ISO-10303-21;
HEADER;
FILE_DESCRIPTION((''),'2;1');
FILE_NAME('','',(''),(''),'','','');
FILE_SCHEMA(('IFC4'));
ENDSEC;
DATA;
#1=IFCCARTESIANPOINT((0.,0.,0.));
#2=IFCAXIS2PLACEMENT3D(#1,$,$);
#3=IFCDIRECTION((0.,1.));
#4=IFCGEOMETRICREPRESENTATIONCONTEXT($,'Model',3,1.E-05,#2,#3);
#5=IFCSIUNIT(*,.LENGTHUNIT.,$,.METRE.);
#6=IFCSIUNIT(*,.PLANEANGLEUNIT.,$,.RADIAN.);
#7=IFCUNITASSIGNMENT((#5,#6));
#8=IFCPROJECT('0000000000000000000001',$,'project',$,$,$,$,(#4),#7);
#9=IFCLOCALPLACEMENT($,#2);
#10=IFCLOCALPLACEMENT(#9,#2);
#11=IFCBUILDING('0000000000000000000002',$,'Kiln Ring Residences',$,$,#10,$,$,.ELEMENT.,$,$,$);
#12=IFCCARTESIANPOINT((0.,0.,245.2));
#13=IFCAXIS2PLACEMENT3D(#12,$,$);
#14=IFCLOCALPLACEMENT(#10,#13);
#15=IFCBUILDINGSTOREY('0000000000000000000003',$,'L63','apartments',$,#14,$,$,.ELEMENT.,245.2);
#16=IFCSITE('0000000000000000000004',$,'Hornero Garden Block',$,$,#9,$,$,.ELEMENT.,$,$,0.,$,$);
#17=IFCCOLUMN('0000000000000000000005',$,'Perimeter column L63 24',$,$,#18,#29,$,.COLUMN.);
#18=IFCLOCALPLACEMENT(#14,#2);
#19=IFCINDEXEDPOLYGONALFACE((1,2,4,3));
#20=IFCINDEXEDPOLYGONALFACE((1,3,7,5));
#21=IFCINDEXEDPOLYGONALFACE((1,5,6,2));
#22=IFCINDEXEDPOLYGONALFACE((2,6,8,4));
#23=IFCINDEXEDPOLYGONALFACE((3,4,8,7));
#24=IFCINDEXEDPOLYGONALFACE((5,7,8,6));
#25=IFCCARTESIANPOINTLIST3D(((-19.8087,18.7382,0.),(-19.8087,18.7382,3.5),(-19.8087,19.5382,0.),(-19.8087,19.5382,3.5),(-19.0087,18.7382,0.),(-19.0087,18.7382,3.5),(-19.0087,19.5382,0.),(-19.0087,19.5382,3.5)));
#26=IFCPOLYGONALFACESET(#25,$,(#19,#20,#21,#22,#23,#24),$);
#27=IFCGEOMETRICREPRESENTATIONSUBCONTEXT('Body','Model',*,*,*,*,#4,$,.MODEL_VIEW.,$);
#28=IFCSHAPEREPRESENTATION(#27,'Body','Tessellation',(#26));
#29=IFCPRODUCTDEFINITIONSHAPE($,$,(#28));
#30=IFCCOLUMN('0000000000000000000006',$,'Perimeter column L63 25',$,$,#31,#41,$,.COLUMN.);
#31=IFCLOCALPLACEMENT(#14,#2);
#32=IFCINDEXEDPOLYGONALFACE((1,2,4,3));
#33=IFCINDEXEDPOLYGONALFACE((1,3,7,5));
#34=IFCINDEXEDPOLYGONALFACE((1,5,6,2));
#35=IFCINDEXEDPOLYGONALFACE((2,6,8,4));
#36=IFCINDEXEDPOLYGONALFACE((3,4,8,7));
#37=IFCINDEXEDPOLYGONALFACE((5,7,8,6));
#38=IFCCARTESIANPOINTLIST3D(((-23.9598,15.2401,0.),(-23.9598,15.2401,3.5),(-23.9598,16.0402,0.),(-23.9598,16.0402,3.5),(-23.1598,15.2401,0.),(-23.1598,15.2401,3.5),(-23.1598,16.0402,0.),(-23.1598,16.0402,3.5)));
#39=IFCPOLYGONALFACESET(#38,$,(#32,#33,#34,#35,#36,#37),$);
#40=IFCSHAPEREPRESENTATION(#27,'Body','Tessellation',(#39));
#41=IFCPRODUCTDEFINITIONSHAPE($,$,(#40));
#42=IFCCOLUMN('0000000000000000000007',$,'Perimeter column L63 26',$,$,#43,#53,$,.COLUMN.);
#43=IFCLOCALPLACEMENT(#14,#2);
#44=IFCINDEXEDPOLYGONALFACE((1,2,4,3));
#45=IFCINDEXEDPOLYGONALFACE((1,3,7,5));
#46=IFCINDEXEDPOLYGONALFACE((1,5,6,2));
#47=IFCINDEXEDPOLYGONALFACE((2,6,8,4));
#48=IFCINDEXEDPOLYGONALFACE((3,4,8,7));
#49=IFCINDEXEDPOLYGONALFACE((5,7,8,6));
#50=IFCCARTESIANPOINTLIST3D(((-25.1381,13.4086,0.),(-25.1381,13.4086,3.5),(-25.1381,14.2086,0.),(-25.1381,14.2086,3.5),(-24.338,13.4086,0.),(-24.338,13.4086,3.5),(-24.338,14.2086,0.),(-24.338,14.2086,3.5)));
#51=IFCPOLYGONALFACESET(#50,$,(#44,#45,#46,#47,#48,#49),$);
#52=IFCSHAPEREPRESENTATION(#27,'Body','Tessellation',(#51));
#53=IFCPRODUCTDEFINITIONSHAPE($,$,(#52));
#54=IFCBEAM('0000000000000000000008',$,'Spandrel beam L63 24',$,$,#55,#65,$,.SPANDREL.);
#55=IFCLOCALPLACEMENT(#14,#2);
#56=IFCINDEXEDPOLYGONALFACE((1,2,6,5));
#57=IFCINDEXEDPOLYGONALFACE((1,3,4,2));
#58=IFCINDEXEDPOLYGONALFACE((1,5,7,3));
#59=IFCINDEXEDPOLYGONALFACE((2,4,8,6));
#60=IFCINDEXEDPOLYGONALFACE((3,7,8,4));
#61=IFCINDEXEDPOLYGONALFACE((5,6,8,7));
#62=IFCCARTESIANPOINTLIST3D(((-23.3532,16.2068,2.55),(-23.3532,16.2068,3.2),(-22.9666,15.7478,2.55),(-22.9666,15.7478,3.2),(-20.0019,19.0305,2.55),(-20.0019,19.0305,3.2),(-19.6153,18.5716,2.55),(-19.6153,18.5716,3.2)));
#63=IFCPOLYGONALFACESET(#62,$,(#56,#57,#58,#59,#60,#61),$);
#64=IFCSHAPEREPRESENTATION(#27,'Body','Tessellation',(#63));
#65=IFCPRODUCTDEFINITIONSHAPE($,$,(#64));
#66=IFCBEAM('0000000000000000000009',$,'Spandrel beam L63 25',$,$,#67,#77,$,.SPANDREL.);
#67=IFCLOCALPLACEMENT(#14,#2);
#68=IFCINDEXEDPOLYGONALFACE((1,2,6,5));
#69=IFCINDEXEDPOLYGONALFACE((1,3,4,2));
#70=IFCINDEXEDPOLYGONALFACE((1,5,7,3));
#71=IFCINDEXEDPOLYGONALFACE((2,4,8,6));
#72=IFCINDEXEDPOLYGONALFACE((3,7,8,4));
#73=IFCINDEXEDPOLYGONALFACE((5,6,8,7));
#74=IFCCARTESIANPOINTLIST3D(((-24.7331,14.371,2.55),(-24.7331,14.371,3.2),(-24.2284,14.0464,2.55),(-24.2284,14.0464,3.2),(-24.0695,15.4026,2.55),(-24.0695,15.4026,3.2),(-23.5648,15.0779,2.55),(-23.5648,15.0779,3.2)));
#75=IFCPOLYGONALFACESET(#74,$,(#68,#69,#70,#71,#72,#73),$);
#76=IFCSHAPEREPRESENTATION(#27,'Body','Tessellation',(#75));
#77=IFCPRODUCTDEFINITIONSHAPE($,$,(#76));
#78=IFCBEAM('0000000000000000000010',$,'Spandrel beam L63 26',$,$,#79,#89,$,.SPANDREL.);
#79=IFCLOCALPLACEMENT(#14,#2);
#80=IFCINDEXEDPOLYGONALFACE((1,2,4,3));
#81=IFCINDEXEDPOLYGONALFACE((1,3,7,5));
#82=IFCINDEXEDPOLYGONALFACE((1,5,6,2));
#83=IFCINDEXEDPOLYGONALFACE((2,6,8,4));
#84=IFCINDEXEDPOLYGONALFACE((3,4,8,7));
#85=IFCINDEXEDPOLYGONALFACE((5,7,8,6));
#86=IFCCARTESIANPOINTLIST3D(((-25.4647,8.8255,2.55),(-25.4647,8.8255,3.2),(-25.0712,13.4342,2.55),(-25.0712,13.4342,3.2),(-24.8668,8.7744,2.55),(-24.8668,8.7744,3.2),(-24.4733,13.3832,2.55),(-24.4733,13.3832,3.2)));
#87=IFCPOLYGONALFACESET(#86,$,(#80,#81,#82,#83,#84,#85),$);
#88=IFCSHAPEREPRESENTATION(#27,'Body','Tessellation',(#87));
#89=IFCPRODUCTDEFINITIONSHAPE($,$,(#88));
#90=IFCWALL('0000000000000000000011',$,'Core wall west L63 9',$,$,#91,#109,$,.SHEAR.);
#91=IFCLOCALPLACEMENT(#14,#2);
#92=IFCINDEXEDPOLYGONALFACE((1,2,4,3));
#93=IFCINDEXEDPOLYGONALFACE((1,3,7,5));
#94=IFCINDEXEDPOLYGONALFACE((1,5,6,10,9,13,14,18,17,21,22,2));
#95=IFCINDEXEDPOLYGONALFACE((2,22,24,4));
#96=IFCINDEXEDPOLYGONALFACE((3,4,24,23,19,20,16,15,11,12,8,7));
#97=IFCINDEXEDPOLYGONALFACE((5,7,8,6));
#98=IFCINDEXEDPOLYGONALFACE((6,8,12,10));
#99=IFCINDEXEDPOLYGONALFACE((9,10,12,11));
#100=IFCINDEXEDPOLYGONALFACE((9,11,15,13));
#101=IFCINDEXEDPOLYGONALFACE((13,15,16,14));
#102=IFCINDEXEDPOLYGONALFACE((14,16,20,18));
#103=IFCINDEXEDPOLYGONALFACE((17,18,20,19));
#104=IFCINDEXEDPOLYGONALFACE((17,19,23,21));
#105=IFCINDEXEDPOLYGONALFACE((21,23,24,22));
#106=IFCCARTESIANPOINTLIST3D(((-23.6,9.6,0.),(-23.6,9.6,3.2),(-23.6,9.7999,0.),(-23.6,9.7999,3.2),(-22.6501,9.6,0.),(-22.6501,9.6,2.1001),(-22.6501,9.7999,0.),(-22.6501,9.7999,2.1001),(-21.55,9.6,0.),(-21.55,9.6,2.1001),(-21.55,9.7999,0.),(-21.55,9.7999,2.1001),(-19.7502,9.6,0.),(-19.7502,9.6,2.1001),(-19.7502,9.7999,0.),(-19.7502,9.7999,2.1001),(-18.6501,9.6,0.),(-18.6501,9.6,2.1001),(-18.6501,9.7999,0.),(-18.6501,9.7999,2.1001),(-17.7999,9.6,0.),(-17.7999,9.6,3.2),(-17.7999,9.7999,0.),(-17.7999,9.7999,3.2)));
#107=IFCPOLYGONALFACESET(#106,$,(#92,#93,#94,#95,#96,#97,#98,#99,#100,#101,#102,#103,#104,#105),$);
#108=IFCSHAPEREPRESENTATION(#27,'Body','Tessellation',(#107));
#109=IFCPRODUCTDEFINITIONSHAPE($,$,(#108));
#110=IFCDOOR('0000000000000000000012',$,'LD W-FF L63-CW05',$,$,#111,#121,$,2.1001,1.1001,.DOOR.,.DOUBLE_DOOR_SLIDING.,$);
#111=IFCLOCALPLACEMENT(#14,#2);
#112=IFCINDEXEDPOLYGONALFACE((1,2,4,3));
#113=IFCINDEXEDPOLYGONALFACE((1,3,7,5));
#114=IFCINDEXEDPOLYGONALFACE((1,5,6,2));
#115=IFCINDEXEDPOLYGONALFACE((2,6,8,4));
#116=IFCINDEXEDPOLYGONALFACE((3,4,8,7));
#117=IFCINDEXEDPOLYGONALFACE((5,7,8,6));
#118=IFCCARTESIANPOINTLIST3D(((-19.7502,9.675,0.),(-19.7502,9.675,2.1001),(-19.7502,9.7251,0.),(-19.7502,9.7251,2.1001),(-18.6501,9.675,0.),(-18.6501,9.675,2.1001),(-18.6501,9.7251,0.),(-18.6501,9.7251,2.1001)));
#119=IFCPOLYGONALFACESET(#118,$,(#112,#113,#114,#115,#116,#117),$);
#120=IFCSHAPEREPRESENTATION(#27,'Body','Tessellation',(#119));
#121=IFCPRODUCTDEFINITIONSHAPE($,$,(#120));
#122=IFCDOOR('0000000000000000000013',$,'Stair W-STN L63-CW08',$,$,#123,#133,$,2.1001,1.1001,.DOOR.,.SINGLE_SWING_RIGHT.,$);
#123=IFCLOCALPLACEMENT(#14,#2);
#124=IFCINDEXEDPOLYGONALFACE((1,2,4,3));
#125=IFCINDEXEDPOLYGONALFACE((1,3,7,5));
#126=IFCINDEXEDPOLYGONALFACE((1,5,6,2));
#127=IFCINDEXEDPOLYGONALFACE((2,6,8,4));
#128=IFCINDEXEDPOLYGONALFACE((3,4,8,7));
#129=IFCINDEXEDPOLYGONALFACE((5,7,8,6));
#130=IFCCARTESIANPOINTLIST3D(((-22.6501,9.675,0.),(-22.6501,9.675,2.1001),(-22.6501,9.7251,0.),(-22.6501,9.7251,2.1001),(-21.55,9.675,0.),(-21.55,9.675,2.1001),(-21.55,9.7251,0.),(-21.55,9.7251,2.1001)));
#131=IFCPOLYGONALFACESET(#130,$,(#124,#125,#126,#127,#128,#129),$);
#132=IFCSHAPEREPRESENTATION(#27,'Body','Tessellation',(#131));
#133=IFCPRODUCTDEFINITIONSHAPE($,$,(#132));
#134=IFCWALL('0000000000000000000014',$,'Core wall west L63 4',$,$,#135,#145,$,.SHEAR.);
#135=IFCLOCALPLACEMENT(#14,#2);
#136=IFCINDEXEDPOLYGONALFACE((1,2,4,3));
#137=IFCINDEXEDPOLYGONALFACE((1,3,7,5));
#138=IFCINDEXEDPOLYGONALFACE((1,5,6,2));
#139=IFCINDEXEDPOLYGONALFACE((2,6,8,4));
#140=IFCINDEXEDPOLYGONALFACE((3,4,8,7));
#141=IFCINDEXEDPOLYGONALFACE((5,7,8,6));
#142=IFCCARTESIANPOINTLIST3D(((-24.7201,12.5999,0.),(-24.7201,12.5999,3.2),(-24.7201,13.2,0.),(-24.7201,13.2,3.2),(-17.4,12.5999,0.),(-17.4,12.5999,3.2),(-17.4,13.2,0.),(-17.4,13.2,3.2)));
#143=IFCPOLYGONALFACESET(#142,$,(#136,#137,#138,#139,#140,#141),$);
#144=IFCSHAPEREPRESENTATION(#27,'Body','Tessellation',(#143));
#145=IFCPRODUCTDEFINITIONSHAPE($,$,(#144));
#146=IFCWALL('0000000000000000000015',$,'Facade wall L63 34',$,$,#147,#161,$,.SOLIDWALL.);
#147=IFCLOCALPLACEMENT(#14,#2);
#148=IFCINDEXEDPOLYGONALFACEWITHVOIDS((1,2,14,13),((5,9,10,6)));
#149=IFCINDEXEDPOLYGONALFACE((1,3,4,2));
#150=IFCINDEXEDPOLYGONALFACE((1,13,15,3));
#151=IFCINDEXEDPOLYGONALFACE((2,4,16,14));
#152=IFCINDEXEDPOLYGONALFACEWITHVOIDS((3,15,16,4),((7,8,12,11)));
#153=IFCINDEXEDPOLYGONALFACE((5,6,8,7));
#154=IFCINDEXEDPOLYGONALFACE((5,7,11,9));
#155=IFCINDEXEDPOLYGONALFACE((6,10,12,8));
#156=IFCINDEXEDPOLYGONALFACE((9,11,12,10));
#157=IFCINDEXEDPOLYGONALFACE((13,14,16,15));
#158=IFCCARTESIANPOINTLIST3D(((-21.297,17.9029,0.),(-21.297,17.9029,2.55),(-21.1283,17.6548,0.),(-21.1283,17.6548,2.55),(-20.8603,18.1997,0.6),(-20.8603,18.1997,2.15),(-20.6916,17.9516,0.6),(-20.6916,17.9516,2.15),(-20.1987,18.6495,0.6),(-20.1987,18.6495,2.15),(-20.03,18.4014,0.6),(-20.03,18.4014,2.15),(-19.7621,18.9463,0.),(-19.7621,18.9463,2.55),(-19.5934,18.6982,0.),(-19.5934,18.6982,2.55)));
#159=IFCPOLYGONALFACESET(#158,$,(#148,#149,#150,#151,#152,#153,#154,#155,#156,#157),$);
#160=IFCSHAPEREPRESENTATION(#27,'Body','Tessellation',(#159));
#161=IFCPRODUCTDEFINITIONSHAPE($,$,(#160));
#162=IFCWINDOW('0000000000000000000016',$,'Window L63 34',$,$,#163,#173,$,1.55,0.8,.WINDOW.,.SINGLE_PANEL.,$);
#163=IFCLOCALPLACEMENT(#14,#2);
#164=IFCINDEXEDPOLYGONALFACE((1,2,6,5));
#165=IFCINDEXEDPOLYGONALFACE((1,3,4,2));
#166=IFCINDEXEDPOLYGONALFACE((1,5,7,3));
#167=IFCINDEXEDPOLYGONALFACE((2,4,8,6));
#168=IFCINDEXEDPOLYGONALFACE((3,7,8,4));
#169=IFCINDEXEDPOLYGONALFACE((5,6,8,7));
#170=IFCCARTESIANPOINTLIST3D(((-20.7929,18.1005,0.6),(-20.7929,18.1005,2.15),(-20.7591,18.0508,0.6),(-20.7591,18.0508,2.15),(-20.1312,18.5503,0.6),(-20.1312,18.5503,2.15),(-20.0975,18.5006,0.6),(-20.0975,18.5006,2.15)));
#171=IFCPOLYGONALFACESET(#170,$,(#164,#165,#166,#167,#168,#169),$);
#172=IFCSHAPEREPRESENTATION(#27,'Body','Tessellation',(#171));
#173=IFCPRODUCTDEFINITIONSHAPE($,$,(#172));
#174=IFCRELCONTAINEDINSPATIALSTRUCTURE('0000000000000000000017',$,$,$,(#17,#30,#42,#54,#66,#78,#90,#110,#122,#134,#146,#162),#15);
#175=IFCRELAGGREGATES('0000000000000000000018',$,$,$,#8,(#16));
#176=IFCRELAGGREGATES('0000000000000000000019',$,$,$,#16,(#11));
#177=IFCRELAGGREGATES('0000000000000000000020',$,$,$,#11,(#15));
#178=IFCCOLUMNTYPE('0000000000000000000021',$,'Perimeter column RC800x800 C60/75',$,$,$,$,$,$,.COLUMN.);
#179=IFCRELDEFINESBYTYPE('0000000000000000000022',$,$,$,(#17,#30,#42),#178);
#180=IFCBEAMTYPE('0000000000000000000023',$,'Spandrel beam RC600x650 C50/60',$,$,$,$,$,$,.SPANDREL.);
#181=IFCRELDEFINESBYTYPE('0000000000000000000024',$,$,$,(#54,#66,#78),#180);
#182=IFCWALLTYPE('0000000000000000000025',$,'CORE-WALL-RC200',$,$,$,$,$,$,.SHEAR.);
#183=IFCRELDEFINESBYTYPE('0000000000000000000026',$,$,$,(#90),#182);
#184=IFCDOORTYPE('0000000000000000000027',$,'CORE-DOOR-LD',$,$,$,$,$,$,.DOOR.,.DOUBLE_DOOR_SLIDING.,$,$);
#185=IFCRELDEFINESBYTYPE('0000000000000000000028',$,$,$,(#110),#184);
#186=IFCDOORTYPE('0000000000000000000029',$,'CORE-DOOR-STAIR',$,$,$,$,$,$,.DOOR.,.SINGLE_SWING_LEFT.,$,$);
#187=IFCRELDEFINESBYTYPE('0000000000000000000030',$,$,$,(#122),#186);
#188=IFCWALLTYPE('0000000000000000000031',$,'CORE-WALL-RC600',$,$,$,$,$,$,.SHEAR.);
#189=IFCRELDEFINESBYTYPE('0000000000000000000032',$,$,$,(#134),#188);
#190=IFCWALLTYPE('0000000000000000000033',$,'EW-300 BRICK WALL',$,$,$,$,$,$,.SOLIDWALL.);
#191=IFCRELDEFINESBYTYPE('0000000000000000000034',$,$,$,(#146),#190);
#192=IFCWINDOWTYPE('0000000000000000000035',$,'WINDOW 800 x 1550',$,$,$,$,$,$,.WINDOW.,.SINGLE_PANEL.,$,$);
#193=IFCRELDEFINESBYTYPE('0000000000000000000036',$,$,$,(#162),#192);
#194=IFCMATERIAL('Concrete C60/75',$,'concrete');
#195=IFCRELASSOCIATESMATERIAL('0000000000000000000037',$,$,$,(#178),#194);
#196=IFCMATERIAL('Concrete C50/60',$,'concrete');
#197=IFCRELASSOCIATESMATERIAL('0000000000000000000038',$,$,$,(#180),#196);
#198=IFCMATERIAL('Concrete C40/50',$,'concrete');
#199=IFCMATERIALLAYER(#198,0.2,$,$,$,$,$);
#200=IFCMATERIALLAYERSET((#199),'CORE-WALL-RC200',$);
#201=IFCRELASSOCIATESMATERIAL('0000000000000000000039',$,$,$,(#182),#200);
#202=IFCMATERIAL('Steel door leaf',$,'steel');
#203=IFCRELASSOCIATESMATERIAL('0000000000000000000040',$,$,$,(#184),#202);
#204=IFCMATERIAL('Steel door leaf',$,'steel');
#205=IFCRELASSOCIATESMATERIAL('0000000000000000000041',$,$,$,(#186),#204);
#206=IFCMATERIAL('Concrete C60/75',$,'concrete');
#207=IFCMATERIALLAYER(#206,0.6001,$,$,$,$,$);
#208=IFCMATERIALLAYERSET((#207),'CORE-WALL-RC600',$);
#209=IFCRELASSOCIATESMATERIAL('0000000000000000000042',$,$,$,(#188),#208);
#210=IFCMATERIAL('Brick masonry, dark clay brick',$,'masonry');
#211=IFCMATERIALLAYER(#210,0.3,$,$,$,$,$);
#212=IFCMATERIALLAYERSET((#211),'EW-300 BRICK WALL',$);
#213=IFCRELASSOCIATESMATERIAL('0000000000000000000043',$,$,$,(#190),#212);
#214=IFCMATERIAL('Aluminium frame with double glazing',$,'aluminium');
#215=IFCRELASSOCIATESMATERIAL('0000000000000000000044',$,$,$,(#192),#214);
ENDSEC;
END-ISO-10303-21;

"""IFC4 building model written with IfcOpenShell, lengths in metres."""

from ifc_helpers import new_model, si_unit, direction, frame, frame_2d, origin, origin_2d, place, context, subcontext, project, spatial, rectangle, extrude, material, layer, layer_set, material_profile, profile_set, type_object, element, fill, save


model = new_model("IFC4")

# Units and contexts
model_context = context("Model", 3, precision=1e-05, world=origin(), true_north=direction((0.0, 1.0)))
body_context = subcontext(model_context, "Body", "Model", "MODEL_VIEW")
ifc_project = project(units=[si_unit("LENGTHUNIT", "METRE"), si_unit("PLANEANGLEUNIT", "RADIAN")], contexts=[model_context])

# Site, building, storey
site_placement = place(None, origin())
site = spatial("IfcSite", under=ifc_project, at=site_placement, Name="Hornero Garden Block", CompositionType="ELEMENT", RefElevation=0.0)
building_placement = place(site_placement, origin())
building = spatial("IfcBuilding", under=site, at=building_placement, Name="Kiln Ring Residences", CompositionType="ELEMENT")
storey_placement = place(building_placement, frame((0.0, 0.0, 245.2)))
storey = spatial("IfcBuildingStorey", under=building, at=storey_placement, Name="L63", Description="apartments", CompositionType="ELEMENT", Elevation=245.2)

# Columns
ifc_material_1 = material(Name="Concrete C60/75", Category="concrete")
ifc_material_profile_1 = material_profile(ifc_material_1, rectangle(XDim=0.8, YDim=0.8, at=origin_2d()), Name="RC800x800")
ifc_profile_set_1 = profile_set([ifc_material_profile_1], Name="Concrete C60/75")
column_type = type_object("IfcColumnType", Name="Perimeter column RC800x800 C60/75", PredefinedType="COLUMN", material=ifc_profile_set_1)
for number, where, z_axis, x_axis, name in (
    (1, (-19.4087, 19.1382, 0.0), (0.0, 0.0, 1.0), (1.0, 0.0, 0.0), "Perimeter column L63 24"),
    (2, (-23.5598, 15.6401, 0.0), (0.0, 0.0, 1.0), (1.0, 0.0, 0.0), "Perimeter column L63 25"),
    (3, (-24.738, 13.8086, 0.0), (0.0, 0.0, 1.0), (1.0, 0.0, 0.0), "Perimeter column L63 26"),
):
    element("IfcColumn", number, at=place(storey_placement, frame(where, z_axis=z_axis, x_axis=x_axis)), inside=storey, type_object=column_type, Name=name, PredefinedType="COLUMN", context=body_context, shape_type="SweptSolid", body=[
        extrude(rectangle(XDim=0.8, YDim=0.8, at=origin_2d()), origin(), (0.0, 0.0, 1.0), 3.5),
    ])

# Beams
ifc_material_2 = material(Name="Concrete C50/60", Category="concrete")
ifc_material_profile_2 = material_profile(ifc_material_2, rectangle(XDim=0.6001, YDim=0.6499, at=origin_2d()), Name="RC600x650")
ifc_profile_set_2 = profile_set([ifc_material_profile_2], Name="Concrete C50/60")
beam_type = type_object("IfcBeamType", Name="Spandrel beam RC600x650 C50/60", PredefinedType="SPANDREL", material=ifc_profile_set_2)
beam_1_placement = place(storey_placement, frame((-19.8086, 18.801, 2.875), z_axis=(-0.764735, -0.644345, 0.0), x_axis=(0.644345, -0.764735, 0.0)))
element("IfcBeam", 4, at=beam_1_placement, inside=storey, type_object=beam_type, Name="Spandrel beam L63 24", PredefinedType="SPANDREL", context=body_context, shape_type="SweptSolid", body=[
    extrude(rectangle(XDim=0.6001, YDim=0.6499, at=origin_2d()), origin(), (0.0, 0.0, 1.0), 4.3823),
])
beam_2_placement = place(storey_placement, frame((-23.8171, 15.2402, 2.875), z_axis=(-0.541029, -0.841004, 0.0), x_axis=(0.841004, -0.541029, 0.0)))
element("IfcBeam", 5, at=beam_2_placement, inside=storey, type_object=beam_type, Name="Spandrel beam L63 25", PredefinedType="SPANDREL", context=body_context, shape_type="SweptSolid", body=[
    extrude(rectangle(XDim=0.6001, YDim=0.6499, at=origin_2d()), origin(), (0.0, 0.0, 1.0), 1.2266),
])
beam_3_placement = place(storey_placement, frame((-24.7722, 13.4087, 2.875), z_axis=(-0.085085, -0.996374, 0.0), x_axis=(0.996374, -0.085085, 0.0)))
element("IfcBeam", 6, at=beam_3_placement, inside=storey, type_object=beam_type, Name="Spandrel beam L63 26", PredefinedType="SPANDREL", context=body_context, shape_type="SweptSolid", body=[
    extrude(rectangle(XDim=0.6001, YDim=0.6499, at=origin_2d()), origin(), (0.0, 0.0, 1.0), 4.6255),
])

# Wall, openings, doors
ifc_material_3 = material(Name="Concrete C40/50", Category="concrete")
ifc_layer_1 = layer(ifc_material_3, 0.2)
ifc_layer_set_1 = layer_set([ifc_layer_1], Name="CORE-WALL-RC200")
wall_type_1 = type_object("IfcWallType", Name="CORE-WALL-RC200", PredefinedType="SHEAR", material=ifc_layer_set_1)
wall_1_placement = place(storey_placement, frame((-17.8, 9.7, 0.0), z_axis=(0.0, 0.0, 1.0), x_axis=(-1.0, 0.0, 0.0)))
wall_1 = element("IfcWall", 7, at=wall_1_placement, inside=storey, type_object=wall_type_1, Name="Core wall west L63 9", PredefinedType="SHEAR", context=body_context, shape_type="SweptSolid", body=[
    extrude(rectangle(XDim=5.8, YDim=0.2, at=frame_2d((2.8999, 0.0))), origin(), (0.0, 0.0, 1.0), 3.2),
])
opening_1_placement = place(wall_1_placement, frame((0.8501, 0.0, 0.0)))
opening_1 = element("IfcOpeningElement", 8, at=opening_1_placement, cuts=wall_1, PredefinedType="OPENING", context=body_context, shape_type="SweptSolid", body=[
    extrude(rectangle(XDim=1.1001, YDim=2.1001, at=frame_2d((0.55, 1.05))), frame((0.0, 0.1099, 0.0), z_axis=(0.0, -1.0, 0.0), x_axis=(1.0, 0.0, 0.0)), (0.0, 0.0, 1.0), 0.22),
])
opening_2_placement = place(wall_1_placement, frame((3.75, 0.0, 0.0)))
opening_2 = element("IfcOpeningElement", 9, at=opening_2_placement, cuts=wall_1, PredefinedType="OPENING", context=body_context, shape_type="SweptSolid", body=[
    extrude(rectangle(XDim=1.1001, YDim=2.1001, at=frame_2d((0.55, 1.05))), frame((0.0, 0.1099, 0.0), z_axis=(0.0, -1.0, 0.0), x_axis=(1.0, 0.0, 0.0)), (0.0, 0.0, 1.0), 0.22),
])
ifc_material_4 = material(Name="Steel door leaf", Category="steel")
door_type_1 = type_object("IfcDoorType", Name="CORE-DOOR-LD", OperationType="DOUBLE_DOOR_SLIDING", PredefinedType="DOOR", material=ifc_material_4)
door_1_placement = place(opening_1_placement, origin())
door_1 = element("IfcDoor", 10, at=door_1_placement, inside=storey, type_object=door_type_1, Name="LD W-FF L63-CW05", OperationType="DOUBLE_DOOR_SLIDING", OverallHeight=2.1001, OverallWidth=1.1001, PredefinedType="DOOR", context=body_context, shape_type="SweptSolid", body=[
    extrude(rectangle(XDim=1.1001, YDim=2.1001, at=frame_2d((0.55, 1.05))), frame((0.0, 0.0249, 0.0), z_axis=(0.0, -1.0, 0.0), x_axis=(1.0, 0.0, 0.0)), (0.0, 0.0, 1.0), 0.05),
])
fill(opening_1, door_1)
ifc_material_5 = material(Name="Steel door leaf", Category="steel")
door_type_2 = type_object("IfcDoorType", Name="CORE-DOOR-STAIR", OperationType="SINGLE_SWING_LEFT", PredefinedType="DOOR", material=ifc_material_5)
door_2_placement = place(opening_2_placement, origin())
door_2 = element("IfcDoor", 11, at=door_2_placement, inside=storey, type_object=door_type_2, Name="Stair W-STN L63-CW08", OperationType="SINGLE_SWING_RIGHT", OverallHeight=2.1001, OverallWidth=1.1001, PredefinedType="DOOR", context=body_context, shape_type="SweptSolid", body=[
    extrude(rectangle(XDim=1.1001, YDim=2.1001, at=frame_2d((0.55, 1.05))), frame((0.0, 0.0249, 0.0), z_axis=(0.0, -1.0, 0.0), x_axis=(1.0, 0.0, 0.0)), (0.0, 0.0, 1.0), 0.05),
])
fill(opening_2, door_2)

# Wall
ifc_material_6 = material(Name="Concrete C60/75", Category="concrete")
ifc_layer_2 = layer(ifc_material_6, 0.6001)
ifc_layer_set_2 = layer_set([ifc_layer_2], Name="CORE-WALL-RC600")
wall_type_2 = type_object("IfcWallType", Name="CORE-WALL-RC600", PredefinedType="SHEAR", material=ifc_layer_set_2)
wall_2_placement = place(storey_placement, frame((-17.3999, 12.8999, 0.0), z_axis=(0.0, 0.0, 1.0), x_axis=(-1.0, 0.0, 0.0)))
element("IfcWall", 12, at=wall_2_placement, inside=storey, type_object=wall_type_2, Name="Core wall west L63 4", PredefinedType="SHEAR", context=body_context, shape_type="SweptSolid", body=[
    extrude(rectangle(XDim=7.3201, YDim=0.6001, at=frame_2d((3.6602, 0.0))), origin(), (0.0, 0.0, 1.0), 3.2),
])

# Wall, opening, window
ifc_material_7 = material(Name="Brick masonry, dark clay brick", Category="masonry")
ifc_layer_3 = layer(ifc_material_7, 0.3)
ifc_layer_set_3 = layer_set([ifc_layer_3], Name="EW-300 BRICK WALL")
wall_type_3 = type_object("IfcWallType", Name="EW-300 BRICK WALL", PredefinedType="SOLIDWALL", material=ifc_layer_set_3)
wall_3_placement = place(storey_placement, frame((-19.6777, 18.8223, 0.0), z_axis=(0.0, 0.0, 1.0), x_axis=(-0.826997, -0.562206, 0.0)))
wall_3 = element("IfcWall", 13, at=wall_3_placement, inside=storey, type_object=wall_type_3, Name="Facade wall L63 34", PredefinedType="SOLIDWALL", context=body_context, shape_type="SweptSolid", body=[
    extrude(rectangle(XDim=1.856, YDim=0.3, at=frame_2d((0.928, 0.0))), origin(), (0.0, 0.0, 1.0), 2.55),
])
opening_3_placement = place(wall_3_placement, frame((0.5281, 0.0, 0.6001)))
opening_3 = element("IfcOpeningElement", 14, at=opening_3_placement, cuts=wall_3, PredefinedType="OPENING", context=body_context, shape_type="SweptSolid", body=[
    extrude(rectangle(XDim=0.8, YDim=1.55, at=frame_2d((0.3999, 0.7749))), frame((0.0, 0.1599, 0.0), z_axis=(0.0, -1.0, 0.0), x_axis=(1.0, 0.0, 0.0)), (0.0, 0.0, 1.0), 0.3201),
])
ifc_material_8 = material(Name="Aluminium frame with double glazing", Category="aluminium")
window_type_1 = type_object("IfcWindowType", Name="WINDOW 800 x 1550", PartitioningType="SINGLE_PANEL", PredefinedType="WINDOW", material=ifc_material_8)
window_1_placement = place(opening_3_placement, origin())
window_1 = element("IfcWindow", 15, at=window_1_placement, inside=storey, type_object=window_type_1, Name="Window L63 34", OverallHeight=1.55, OverallWidth=0.8, PartitioningType="SINGLE_PANEL", PredefinedType="WINDOW", context=body_context, shape_type="SweptSolid", body=[
    extrude(rectangle(XDim=0.8, YDim=1.55, at=frame_2d((0.3999, 0.7749))), frame((0.0, 0.03, 0.0), z_axis=(0.0, -1.0, 0.0), x_axis=(1.0, 0.0, 0.0)), (0.0, 0.0, 1.0), 0.0601),
])
fill(opening_3, window_1)

save(model, "model.ifc")
